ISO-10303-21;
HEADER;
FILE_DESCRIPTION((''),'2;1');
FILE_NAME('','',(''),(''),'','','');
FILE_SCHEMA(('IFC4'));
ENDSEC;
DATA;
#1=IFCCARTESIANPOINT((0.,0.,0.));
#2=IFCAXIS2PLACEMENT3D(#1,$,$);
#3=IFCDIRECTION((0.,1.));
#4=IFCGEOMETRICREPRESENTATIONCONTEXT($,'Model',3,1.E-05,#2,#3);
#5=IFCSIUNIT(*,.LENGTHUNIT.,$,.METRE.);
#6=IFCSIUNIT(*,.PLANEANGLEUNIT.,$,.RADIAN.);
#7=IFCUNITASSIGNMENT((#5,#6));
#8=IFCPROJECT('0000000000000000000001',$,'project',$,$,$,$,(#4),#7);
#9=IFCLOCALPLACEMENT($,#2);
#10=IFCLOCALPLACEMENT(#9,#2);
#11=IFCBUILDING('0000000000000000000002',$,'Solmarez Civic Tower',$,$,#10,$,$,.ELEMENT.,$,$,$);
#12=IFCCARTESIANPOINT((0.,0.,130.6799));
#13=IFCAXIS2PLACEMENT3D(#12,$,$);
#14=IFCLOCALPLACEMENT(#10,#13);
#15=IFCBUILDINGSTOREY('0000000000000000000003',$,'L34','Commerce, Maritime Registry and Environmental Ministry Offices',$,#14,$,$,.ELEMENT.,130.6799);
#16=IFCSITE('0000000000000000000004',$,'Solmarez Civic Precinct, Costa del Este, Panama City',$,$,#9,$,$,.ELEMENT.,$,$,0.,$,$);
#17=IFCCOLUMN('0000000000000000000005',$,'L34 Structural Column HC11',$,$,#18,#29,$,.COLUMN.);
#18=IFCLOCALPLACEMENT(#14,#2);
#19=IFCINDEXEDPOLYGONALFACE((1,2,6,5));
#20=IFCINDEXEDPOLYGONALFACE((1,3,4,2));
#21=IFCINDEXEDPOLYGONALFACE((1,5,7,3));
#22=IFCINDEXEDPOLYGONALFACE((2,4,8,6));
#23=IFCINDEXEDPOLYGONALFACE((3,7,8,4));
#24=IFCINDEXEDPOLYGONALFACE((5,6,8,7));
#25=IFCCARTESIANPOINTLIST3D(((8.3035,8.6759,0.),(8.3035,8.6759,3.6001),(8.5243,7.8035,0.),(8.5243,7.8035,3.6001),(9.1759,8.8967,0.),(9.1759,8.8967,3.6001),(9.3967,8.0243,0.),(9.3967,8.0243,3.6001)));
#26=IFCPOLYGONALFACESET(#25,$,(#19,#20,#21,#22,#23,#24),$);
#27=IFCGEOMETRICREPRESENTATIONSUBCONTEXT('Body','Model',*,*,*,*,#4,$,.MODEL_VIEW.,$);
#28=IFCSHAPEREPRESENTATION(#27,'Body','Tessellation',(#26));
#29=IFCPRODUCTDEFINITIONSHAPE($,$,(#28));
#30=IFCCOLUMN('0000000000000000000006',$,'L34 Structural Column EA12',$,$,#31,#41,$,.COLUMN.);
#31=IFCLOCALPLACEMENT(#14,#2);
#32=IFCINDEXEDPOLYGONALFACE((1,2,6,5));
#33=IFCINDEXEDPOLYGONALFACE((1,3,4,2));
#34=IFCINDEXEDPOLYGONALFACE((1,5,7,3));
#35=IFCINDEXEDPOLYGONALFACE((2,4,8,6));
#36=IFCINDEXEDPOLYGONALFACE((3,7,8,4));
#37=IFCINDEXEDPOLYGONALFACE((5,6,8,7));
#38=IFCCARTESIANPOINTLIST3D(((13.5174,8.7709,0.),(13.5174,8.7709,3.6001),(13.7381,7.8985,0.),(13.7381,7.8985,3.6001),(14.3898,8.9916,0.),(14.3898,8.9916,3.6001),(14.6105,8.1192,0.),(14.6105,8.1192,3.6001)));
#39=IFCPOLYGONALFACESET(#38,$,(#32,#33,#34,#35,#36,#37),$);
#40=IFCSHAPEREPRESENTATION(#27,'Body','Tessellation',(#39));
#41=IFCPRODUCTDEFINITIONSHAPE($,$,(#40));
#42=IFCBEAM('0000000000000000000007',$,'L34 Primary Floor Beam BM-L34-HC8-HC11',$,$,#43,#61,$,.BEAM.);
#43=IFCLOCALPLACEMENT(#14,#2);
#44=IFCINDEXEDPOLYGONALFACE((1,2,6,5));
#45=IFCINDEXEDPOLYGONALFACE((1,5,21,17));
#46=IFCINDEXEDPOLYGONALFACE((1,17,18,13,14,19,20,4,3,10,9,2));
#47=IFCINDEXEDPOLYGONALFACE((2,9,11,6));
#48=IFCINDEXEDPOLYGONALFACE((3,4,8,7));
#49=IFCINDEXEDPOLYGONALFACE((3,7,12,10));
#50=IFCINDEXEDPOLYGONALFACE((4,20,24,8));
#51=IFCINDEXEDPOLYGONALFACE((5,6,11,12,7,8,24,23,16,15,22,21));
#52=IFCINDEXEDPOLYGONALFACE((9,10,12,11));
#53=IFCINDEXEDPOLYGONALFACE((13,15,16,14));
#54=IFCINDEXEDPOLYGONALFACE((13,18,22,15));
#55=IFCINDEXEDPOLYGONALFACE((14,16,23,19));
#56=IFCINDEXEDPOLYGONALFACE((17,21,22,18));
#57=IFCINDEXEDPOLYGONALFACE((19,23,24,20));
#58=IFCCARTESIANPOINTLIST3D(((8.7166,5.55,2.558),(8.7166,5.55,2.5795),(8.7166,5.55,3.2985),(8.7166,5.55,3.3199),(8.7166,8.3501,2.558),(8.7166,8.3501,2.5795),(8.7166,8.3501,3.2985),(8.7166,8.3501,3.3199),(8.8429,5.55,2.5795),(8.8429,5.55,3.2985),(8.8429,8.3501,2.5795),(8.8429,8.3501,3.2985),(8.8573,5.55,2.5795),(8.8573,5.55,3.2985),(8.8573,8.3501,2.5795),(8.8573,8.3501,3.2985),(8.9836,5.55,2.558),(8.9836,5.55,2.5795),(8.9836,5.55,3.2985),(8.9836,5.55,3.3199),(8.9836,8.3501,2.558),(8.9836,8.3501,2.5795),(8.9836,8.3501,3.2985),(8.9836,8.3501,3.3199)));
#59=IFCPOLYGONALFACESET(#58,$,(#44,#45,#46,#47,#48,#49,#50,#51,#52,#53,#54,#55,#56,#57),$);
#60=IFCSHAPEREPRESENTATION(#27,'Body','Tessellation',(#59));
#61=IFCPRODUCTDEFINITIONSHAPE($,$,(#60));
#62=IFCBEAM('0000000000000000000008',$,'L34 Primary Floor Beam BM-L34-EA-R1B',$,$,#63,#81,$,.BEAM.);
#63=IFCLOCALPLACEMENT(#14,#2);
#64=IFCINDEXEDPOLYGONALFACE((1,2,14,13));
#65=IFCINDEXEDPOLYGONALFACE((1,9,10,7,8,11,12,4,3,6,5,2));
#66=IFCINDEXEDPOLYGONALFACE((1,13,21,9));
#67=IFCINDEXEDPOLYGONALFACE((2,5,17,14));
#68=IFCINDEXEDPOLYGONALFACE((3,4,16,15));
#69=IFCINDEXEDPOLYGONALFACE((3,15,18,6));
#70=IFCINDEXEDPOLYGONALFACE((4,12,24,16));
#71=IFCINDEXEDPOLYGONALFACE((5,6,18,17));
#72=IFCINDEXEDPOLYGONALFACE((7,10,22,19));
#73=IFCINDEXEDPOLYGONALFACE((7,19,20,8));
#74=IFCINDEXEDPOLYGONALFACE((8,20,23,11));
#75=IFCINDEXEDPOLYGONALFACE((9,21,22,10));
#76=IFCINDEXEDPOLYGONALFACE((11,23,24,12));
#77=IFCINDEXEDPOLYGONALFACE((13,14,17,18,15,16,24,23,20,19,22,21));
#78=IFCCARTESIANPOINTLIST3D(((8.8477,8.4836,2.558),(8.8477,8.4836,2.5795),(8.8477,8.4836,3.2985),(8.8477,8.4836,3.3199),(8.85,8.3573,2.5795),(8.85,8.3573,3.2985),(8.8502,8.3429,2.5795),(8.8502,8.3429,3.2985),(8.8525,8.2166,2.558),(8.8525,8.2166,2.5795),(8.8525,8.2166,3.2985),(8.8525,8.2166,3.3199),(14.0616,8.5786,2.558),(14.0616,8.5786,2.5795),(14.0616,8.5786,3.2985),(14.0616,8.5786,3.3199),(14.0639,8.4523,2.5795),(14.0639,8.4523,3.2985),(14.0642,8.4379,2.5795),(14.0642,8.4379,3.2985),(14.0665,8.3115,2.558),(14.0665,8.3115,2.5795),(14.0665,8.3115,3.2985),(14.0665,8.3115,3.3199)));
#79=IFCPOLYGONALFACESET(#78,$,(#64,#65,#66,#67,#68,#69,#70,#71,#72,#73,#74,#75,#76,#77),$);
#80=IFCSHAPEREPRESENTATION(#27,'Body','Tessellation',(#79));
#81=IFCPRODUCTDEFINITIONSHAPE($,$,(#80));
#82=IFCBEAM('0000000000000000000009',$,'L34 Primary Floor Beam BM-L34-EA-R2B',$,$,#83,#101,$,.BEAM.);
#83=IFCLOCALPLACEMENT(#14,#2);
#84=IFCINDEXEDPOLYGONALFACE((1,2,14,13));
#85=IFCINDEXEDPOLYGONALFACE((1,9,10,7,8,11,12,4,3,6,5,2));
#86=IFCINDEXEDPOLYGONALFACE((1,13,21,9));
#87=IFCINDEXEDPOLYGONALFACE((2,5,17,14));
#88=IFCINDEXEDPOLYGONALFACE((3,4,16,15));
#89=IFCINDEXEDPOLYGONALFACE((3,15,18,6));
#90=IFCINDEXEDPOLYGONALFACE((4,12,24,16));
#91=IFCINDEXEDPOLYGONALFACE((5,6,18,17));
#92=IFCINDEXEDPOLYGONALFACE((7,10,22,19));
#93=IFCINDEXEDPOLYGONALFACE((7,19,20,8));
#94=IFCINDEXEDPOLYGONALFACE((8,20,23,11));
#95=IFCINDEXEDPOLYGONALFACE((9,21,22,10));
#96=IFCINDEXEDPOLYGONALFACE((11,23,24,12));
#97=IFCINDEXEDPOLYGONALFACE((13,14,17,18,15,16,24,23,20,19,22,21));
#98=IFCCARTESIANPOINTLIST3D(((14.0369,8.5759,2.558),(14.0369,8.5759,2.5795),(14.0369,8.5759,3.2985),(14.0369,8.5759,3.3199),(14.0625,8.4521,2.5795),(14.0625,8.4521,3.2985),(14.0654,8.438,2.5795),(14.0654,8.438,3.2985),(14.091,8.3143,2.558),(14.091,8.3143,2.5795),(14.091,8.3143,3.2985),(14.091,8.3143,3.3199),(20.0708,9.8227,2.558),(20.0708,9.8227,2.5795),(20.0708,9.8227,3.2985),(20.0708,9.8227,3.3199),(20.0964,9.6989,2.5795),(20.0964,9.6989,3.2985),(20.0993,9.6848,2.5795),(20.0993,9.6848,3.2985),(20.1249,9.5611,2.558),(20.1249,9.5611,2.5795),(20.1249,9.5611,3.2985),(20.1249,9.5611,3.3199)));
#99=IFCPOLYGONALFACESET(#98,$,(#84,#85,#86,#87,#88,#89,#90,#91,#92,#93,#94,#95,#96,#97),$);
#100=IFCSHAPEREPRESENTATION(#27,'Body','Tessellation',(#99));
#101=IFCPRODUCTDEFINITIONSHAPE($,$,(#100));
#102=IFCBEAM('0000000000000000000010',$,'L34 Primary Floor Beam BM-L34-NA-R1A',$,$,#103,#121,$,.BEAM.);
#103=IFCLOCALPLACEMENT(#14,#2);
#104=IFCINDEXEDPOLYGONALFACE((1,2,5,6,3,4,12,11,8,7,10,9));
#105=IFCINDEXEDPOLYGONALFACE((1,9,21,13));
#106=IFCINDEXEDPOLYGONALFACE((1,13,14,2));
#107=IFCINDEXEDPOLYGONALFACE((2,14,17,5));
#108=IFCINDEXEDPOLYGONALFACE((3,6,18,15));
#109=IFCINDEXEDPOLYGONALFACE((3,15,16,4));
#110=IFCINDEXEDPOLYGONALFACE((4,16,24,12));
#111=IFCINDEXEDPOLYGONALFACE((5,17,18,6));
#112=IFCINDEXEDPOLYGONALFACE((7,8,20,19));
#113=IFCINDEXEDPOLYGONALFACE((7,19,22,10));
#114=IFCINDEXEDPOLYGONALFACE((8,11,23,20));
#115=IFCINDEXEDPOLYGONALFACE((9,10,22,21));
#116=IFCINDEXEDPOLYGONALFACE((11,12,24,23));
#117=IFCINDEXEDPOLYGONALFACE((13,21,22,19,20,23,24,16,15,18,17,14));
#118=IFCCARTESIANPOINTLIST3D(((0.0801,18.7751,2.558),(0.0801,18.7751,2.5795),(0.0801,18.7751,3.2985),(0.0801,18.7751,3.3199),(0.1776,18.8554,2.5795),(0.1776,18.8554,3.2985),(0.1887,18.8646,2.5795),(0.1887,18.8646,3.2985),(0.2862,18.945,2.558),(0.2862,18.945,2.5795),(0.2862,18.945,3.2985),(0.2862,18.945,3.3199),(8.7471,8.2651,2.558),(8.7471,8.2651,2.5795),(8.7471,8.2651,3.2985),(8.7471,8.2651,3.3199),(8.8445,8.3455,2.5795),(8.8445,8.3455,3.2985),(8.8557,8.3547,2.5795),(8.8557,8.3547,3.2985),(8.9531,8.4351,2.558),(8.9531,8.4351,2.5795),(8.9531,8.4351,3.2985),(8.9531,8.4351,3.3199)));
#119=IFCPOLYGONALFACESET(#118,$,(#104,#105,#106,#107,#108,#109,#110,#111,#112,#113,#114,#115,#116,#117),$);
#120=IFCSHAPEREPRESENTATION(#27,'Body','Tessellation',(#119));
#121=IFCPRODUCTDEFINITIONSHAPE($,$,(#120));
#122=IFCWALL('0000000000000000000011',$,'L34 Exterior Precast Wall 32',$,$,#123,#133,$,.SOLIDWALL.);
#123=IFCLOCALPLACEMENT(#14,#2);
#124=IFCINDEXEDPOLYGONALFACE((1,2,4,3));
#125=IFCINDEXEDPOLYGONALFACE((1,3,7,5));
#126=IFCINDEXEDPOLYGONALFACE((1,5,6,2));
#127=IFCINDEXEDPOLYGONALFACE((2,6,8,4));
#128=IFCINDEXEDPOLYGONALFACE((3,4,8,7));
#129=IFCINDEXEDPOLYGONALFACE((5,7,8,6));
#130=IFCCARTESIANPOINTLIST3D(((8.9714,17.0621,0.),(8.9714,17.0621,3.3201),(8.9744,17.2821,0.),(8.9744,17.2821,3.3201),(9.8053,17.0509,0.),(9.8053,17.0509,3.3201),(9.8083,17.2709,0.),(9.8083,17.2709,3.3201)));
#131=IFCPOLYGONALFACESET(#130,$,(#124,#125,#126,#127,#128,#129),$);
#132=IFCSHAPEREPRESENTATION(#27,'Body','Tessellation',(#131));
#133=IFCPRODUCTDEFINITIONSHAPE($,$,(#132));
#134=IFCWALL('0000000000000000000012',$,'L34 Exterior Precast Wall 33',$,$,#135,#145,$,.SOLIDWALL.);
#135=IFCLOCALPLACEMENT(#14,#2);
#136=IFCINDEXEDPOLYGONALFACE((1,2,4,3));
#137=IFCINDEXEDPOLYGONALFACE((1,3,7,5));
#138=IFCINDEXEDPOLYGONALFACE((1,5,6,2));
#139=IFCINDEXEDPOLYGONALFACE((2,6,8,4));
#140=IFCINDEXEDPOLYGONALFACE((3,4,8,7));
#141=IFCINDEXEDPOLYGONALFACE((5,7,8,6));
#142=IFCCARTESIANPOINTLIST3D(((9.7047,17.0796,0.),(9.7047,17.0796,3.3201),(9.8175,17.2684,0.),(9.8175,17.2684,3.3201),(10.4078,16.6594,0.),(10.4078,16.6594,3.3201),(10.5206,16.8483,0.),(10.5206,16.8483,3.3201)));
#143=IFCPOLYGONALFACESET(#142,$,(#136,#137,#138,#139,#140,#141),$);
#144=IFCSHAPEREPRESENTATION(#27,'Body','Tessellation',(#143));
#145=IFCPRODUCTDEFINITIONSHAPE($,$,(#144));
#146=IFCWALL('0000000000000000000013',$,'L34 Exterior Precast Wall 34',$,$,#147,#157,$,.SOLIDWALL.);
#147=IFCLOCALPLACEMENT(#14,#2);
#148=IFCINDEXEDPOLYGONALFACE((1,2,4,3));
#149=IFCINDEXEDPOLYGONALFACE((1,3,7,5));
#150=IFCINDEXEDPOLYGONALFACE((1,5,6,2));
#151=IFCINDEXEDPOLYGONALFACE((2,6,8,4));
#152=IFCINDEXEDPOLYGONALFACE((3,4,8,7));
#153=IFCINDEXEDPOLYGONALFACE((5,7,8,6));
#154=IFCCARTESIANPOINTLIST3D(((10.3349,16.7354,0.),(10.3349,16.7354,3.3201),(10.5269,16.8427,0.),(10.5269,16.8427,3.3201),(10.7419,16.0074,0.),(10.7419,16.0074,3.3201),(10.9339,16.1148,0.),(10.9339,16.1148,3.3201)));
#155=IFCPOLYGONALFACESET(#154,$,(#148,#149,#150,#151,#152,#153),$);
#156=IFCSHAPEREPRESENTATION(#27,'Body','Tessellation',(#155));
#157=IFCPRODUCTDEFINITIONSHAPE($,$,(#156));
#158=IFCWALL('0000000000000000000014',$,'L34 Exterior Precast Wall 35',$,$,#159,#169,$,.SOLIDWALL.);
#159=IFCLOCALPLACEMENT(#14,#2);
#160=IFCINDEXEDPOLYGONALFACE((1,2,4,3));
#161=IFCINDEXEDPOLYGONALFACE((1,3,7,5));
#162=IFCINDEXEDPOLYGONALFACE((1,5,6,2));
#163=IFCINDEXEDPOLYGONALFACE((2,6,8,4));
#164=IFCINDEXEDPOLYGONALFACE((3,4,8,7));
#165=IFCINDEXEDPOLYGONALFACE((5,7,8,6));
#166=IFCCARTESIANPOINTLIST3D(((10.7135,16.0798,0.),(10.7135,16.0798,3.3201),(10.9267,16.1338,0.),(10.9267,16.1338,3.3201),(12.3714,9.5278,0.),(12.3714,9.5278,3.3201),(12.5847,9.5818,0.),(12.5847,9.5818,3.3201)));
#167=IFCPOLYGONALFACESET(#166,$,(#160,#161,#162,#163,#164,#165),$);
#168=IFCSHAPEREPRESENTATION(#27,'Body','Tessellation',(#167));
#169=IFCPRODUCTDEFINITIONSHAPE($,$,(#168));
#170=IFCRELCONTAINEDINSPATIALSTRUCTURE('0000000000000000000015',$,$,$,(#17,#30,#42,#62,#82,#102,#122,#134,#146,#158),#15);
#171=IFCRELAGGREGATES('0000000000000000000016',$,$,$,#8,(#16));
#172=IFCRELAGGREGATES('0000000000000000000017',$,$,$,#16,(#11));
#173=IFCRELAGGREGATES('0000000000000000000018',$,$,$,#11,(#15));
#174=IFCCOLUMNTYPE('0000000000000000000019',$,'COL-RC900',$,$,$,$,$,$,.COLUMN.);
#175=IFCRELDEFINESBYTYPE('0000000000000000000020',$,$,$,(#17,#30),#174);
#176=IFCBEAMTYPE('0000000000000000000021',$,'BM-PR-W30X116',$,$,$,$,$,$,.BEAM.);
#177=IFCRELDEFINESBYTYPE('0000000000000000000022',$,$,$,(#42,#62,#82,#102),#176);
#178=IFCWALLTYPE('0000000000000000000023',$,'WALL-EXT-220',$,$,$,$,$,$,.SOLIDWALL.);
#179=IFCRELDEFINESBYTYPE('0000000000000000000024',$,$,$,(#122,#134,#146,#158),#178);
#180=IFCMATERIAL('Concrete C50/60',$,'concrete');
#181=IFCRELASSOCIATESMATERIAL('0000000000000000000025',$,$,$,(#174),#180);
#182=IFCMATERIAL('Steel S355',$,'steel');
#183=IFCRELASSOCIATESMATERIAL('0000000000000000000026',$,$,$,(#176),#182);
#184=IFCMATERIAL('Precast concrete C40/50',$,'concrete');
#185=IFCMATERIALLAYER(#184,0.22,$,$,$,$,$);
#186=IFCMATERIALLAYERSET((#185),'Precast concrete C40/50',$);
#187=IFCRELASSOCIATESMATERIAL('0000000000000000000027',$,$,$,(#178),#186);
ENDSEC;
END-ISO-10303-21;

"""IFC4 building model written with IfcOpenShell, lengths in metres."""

from ifc_helpers import new_model, si_unit, direction, frame, frame_2d, origin, origin_2d, place, context, subcontext, project, spatial, rectangle, i_section, extrude, material, layer, layer_set, material_profile, profile_set, type_object, element, save


model = new_model("IFC4")

# Units and contexts
model_context = context("Model", 3, precision=1e-05, world=origin(), true_north=direction((0.0, 1.0)))
body_context = subcontext(model_context, "Body", "Model", "MODEL_VIEW")
ifc_project = project(units=[si_unit("LENGTHUNIT", "METRE"), si_unit("PLANEANGLEUNIT", "RADIAN")], contexts=[model_context])

# Site, building, storey
site_placement = place(None, origin())
site = spatial("IfcSite", under=ifc_project, at=site_placement, Name="Solmarez Civic Precinct, Costa del Este, Panama City", CompositionType="ELEMENT", RefElevation=0.0)
building_placement = place(site_placement, origin())
building = spatial("IfcBuilding", under=site, at=building_placement, Name="Solmarez Civic Tower", CompositionType="ELEMENT")
storey_placement = place(building_placement, frame((0.0, 0.0, 130.6799)))
storey = spatial("IfcBuildingStorey", under=building, at=storey_placement, Name="L34", Description="Commerce, Maritime Registry and Environmental Ministry Offices", CompositionType="ELEMENT", Elevation=130.6799)

# Columns
ifc_material_1 = material(Name="Concrete C50/60", Category="concrete")
ifc_material_profile_1 = material_profile(ifc_material_1, rectangle(XDim=0.8999, YDim=0.8999, at=origin_2d()), Name="RC900X900")
ifc_profile_set_1 = profile_set([ifc_material_profile_1], Name="Concrete C50/60")
column_type = type_object("IfcColumnType", Name="COL-RC900", PredefinedType="COLUMN", material=ifc_profile_set_1)
for number, where, z_axis, x_axis, name in (
    (1, (8.8501, 8.3501, 0.0), (0.0, 0.0, 1.0), (0.969445, 0.245307, 0.0), "L34 Structural Column HC11"),
    (2, (14.064, 8.4451, 0.0), (0.0, 0.0, 1.0), (0.969445, 0.245307, 0.0), "L34 Structural Column EA12"),
):
    element("IfcColumn", number, at=place(storey_placement, frame(where, z_axis=z_axis, x_axis=x_axis)), inside=storey, type_object=column_type, Name=name, PredefinedType="COLUMN", context=body_context, shape_type="SweptSolid", body=[
        extrude(rectangle(XDim=0.8999, YDim=0.8999, at=origin_2d()), origin(), (0.0, 0.0, 1.0), 3.6001),
    ])

# Beams
ifc_material_2 = material(Name="Steel S355", Category="steel")
ifc_material_profile_2 = material_profile(ifc_material_2, i_section(OverallWidth=0.2671, OverallDepth=0.762, WebThickness=0.0144, FlangeThickness=0.0215, at=origin_2d()), Name="W30X116")
ifc_profile_set_2 = profile_set([ifc_material_profile_2], Name="Steel S355")
beam_type = type_object("IfcBeamType", Name="BM-PR-W30X116", PredefinedType="BEAM", material=ifc_profile_set_2)
beam_1_placement = place(storey_placement, frame((8.8501, 5.55, 2.939), z_axis=(0.0, 1.0, 0.0), x_axis=(-1.0, 0.0, 0.0)))
element("IfcBeam", 3, at=beam_1_placement, inside=storey, type_object=beam_type, Name="L34 Primary Floor Beam BM-L34-HC8-HC11", PredefinedType="BEAM", context=body_context, shape_type="SweptSolid", body=[
    extrude(i_section(OverallWidth=0.2671, OverallDepth=0.762, WebThickness=0.0144, FlangeThickness=0.0215, at=origin_2d()), origin(), (0.0, 0.0, 1.0), 2.8),
])
beam_2_placement = place(storey_placement, frame((8.8501, 8.3501, 2.939), z_axis=(0.999834, 0.018212, 0.0), x_axis=(-0.018212, 0.999834, 0.0)))
element("IfcBeam", 4, at=beam_2_placement, inside=storey, type_object=beam_type, Name="L34 Primary Floor Beam BM-L34-EA-R1B", PredefinedType="BEAM", context=body_context, shape_type="SweptSolid", body=[
    extrude(i_section(OverallWidth=0.2671, OverallDepth=0.762, WebThickness=0.0144, FlangeThickness=0.0215, at=origin_2d()), origin(), (0.0, 0.0, 1.0), 5.2148),
])
beam_3_placement = place(storey_placement, frame((14.064, 8.4451, 2.939), z_axis=(0.979311, 0.202361, 0.0), x_axis=(-0.202361, 0.979311, 0.0)))
element("IfcBeam", 5, at=beam_3_placement, inside=storey, type_object=beam_type, Name="L34 Primary Floor Beam BM-L34-EA-R2B", PredefinedType="BEAM", context=body_context, shape_type="SweptSolid", body=[
    extrude(i_section(OverallWidth=0.2671, OverallDepth=0.762, WebThickness=0.0144, FlangeThickness=0.0215, at=origin_2d()), origin(), (0.0, 0.0, 1.0), 6.1614),
])
beam_4_placement = place(storey_placement, frame((8.8501, 8.3501, 2.939), z_axis=(-0.636218, 0.771509, 0.0), x_axis=(-0.771509, -0.636218, 0.0)))
element("IfcBeam", 6, at=beam_4_placement, inside=storey, type_object=beam_type, Name="L34 Primary Floor Beam BM-L34-NA-R1A", PredefinedType="BEAM", context=body_context, shape_type="SweptSolid", body=[
    extrude(i_section(OverallWidth=0.2671, OverallDepth=0.762, WebThickness=0.0144, FlangeThickness=0.0215, at=origin_2d()), origin(), (0.0, 0.0, 1.0), 13.6226),
])

# Walls
ifc_material_3 = material(Name="Precast concrete C40/50", Category="concrete")
ifc_layer_1 = layer(ifc_material_3, 0.22)
ifc_layer_set_1 = layer_set([ifc_layer_1], Name="Precast concrete C40/50")
wall_type_1 = type_object("IfcWallType", Name="WALL-EXT-220", PredefinedType="SOLIDWALL", material=ifc_layer_set_1)
wall_1_placement = place(storey_placement, frame((8.9729, 17.1721, 0.0), z_axis=(0.0, 0.0, 1.0), x_axis=(0.999909, -0.013465, 0.0)))
element("IfcWall", 7, at=wall_1_placement, inside=storey, type_object=wall_type_1, Name="L34 Exterior Precast Wall 32", PredefinedType="SOLIDWALL", context=body_context, shape_type="SweptSolid", body=[
    extrude(rectangle(XDim=0.834, YDim=0.22, at=frame_2d((0.417, 0.0))), origin(), (0.0, 0.0, 1.0), 3.3201),
])
wall_2_placement = place(storey_placement, frame((9.761, 17.1741, 0.0), z_axis=(0.0, 0.0, 1.0), x_axis=(0.858412, -0.512961, 0.0)))
element("IfcWall", 8, at=wall_2_placement, inside=storey, type_object=wall_type_1, Name="L34 Exterior Precast Wall 33", PredefinedType="SOLIDWALL", context=body_context, shape_type="SweptSolid", body=[
    extrude(rectangle(XDim=0.8191, YDim=0.22, at=frame_2d((0.4097, 0.0))), origin(), (0.0, 0.0, 1.0), 3.3201),
])
wall_3_placement = place(storey_placement, frame((10.4309, 16.7891, 0.0), z_axis=(0.0, 0.0, 1.0), x_axis=(0.487953, -0.87287, 0.0)))
element("IfcWall", 9, at=wall_3_placement, inside=storey, type_object=wall_type_1, Name="L34 Exterior Precast Wall 34", PredefinedType="SOLIDWALL", context=body_context, shape_type="SweptSolid", body=[
    extrude(rectangle(XDim=0.834, YDim=0.22, at=frame_2d((0.417, 0.0))), origin(), (0.0, 0.0, 1.0), 3.3201),
])
wall_4_placement = place(storey_placement, frame((10.8201, 16.1069, 0.0), z_axis=(0.0, 0.0, 1.0), x_axis=(0.245314, -0.969444, 0.0)))
element("IfcWall", 10, at=wall_4_placement, inside=storey, type_object=wall_type_1, Name="L34 Exterior Precast Wall 35", PredefinedType="SOLIDWALL", context=body_context, shape_type="SweptSolid", body=[
    extrude(rectangle(XDim=6.7585, YDim=0.22, at=frame_2d((3.3794, 0.0))), origin(), (0.0, 0.0, 1.0), 3.3201),
])

save(model, "model.ifc")
